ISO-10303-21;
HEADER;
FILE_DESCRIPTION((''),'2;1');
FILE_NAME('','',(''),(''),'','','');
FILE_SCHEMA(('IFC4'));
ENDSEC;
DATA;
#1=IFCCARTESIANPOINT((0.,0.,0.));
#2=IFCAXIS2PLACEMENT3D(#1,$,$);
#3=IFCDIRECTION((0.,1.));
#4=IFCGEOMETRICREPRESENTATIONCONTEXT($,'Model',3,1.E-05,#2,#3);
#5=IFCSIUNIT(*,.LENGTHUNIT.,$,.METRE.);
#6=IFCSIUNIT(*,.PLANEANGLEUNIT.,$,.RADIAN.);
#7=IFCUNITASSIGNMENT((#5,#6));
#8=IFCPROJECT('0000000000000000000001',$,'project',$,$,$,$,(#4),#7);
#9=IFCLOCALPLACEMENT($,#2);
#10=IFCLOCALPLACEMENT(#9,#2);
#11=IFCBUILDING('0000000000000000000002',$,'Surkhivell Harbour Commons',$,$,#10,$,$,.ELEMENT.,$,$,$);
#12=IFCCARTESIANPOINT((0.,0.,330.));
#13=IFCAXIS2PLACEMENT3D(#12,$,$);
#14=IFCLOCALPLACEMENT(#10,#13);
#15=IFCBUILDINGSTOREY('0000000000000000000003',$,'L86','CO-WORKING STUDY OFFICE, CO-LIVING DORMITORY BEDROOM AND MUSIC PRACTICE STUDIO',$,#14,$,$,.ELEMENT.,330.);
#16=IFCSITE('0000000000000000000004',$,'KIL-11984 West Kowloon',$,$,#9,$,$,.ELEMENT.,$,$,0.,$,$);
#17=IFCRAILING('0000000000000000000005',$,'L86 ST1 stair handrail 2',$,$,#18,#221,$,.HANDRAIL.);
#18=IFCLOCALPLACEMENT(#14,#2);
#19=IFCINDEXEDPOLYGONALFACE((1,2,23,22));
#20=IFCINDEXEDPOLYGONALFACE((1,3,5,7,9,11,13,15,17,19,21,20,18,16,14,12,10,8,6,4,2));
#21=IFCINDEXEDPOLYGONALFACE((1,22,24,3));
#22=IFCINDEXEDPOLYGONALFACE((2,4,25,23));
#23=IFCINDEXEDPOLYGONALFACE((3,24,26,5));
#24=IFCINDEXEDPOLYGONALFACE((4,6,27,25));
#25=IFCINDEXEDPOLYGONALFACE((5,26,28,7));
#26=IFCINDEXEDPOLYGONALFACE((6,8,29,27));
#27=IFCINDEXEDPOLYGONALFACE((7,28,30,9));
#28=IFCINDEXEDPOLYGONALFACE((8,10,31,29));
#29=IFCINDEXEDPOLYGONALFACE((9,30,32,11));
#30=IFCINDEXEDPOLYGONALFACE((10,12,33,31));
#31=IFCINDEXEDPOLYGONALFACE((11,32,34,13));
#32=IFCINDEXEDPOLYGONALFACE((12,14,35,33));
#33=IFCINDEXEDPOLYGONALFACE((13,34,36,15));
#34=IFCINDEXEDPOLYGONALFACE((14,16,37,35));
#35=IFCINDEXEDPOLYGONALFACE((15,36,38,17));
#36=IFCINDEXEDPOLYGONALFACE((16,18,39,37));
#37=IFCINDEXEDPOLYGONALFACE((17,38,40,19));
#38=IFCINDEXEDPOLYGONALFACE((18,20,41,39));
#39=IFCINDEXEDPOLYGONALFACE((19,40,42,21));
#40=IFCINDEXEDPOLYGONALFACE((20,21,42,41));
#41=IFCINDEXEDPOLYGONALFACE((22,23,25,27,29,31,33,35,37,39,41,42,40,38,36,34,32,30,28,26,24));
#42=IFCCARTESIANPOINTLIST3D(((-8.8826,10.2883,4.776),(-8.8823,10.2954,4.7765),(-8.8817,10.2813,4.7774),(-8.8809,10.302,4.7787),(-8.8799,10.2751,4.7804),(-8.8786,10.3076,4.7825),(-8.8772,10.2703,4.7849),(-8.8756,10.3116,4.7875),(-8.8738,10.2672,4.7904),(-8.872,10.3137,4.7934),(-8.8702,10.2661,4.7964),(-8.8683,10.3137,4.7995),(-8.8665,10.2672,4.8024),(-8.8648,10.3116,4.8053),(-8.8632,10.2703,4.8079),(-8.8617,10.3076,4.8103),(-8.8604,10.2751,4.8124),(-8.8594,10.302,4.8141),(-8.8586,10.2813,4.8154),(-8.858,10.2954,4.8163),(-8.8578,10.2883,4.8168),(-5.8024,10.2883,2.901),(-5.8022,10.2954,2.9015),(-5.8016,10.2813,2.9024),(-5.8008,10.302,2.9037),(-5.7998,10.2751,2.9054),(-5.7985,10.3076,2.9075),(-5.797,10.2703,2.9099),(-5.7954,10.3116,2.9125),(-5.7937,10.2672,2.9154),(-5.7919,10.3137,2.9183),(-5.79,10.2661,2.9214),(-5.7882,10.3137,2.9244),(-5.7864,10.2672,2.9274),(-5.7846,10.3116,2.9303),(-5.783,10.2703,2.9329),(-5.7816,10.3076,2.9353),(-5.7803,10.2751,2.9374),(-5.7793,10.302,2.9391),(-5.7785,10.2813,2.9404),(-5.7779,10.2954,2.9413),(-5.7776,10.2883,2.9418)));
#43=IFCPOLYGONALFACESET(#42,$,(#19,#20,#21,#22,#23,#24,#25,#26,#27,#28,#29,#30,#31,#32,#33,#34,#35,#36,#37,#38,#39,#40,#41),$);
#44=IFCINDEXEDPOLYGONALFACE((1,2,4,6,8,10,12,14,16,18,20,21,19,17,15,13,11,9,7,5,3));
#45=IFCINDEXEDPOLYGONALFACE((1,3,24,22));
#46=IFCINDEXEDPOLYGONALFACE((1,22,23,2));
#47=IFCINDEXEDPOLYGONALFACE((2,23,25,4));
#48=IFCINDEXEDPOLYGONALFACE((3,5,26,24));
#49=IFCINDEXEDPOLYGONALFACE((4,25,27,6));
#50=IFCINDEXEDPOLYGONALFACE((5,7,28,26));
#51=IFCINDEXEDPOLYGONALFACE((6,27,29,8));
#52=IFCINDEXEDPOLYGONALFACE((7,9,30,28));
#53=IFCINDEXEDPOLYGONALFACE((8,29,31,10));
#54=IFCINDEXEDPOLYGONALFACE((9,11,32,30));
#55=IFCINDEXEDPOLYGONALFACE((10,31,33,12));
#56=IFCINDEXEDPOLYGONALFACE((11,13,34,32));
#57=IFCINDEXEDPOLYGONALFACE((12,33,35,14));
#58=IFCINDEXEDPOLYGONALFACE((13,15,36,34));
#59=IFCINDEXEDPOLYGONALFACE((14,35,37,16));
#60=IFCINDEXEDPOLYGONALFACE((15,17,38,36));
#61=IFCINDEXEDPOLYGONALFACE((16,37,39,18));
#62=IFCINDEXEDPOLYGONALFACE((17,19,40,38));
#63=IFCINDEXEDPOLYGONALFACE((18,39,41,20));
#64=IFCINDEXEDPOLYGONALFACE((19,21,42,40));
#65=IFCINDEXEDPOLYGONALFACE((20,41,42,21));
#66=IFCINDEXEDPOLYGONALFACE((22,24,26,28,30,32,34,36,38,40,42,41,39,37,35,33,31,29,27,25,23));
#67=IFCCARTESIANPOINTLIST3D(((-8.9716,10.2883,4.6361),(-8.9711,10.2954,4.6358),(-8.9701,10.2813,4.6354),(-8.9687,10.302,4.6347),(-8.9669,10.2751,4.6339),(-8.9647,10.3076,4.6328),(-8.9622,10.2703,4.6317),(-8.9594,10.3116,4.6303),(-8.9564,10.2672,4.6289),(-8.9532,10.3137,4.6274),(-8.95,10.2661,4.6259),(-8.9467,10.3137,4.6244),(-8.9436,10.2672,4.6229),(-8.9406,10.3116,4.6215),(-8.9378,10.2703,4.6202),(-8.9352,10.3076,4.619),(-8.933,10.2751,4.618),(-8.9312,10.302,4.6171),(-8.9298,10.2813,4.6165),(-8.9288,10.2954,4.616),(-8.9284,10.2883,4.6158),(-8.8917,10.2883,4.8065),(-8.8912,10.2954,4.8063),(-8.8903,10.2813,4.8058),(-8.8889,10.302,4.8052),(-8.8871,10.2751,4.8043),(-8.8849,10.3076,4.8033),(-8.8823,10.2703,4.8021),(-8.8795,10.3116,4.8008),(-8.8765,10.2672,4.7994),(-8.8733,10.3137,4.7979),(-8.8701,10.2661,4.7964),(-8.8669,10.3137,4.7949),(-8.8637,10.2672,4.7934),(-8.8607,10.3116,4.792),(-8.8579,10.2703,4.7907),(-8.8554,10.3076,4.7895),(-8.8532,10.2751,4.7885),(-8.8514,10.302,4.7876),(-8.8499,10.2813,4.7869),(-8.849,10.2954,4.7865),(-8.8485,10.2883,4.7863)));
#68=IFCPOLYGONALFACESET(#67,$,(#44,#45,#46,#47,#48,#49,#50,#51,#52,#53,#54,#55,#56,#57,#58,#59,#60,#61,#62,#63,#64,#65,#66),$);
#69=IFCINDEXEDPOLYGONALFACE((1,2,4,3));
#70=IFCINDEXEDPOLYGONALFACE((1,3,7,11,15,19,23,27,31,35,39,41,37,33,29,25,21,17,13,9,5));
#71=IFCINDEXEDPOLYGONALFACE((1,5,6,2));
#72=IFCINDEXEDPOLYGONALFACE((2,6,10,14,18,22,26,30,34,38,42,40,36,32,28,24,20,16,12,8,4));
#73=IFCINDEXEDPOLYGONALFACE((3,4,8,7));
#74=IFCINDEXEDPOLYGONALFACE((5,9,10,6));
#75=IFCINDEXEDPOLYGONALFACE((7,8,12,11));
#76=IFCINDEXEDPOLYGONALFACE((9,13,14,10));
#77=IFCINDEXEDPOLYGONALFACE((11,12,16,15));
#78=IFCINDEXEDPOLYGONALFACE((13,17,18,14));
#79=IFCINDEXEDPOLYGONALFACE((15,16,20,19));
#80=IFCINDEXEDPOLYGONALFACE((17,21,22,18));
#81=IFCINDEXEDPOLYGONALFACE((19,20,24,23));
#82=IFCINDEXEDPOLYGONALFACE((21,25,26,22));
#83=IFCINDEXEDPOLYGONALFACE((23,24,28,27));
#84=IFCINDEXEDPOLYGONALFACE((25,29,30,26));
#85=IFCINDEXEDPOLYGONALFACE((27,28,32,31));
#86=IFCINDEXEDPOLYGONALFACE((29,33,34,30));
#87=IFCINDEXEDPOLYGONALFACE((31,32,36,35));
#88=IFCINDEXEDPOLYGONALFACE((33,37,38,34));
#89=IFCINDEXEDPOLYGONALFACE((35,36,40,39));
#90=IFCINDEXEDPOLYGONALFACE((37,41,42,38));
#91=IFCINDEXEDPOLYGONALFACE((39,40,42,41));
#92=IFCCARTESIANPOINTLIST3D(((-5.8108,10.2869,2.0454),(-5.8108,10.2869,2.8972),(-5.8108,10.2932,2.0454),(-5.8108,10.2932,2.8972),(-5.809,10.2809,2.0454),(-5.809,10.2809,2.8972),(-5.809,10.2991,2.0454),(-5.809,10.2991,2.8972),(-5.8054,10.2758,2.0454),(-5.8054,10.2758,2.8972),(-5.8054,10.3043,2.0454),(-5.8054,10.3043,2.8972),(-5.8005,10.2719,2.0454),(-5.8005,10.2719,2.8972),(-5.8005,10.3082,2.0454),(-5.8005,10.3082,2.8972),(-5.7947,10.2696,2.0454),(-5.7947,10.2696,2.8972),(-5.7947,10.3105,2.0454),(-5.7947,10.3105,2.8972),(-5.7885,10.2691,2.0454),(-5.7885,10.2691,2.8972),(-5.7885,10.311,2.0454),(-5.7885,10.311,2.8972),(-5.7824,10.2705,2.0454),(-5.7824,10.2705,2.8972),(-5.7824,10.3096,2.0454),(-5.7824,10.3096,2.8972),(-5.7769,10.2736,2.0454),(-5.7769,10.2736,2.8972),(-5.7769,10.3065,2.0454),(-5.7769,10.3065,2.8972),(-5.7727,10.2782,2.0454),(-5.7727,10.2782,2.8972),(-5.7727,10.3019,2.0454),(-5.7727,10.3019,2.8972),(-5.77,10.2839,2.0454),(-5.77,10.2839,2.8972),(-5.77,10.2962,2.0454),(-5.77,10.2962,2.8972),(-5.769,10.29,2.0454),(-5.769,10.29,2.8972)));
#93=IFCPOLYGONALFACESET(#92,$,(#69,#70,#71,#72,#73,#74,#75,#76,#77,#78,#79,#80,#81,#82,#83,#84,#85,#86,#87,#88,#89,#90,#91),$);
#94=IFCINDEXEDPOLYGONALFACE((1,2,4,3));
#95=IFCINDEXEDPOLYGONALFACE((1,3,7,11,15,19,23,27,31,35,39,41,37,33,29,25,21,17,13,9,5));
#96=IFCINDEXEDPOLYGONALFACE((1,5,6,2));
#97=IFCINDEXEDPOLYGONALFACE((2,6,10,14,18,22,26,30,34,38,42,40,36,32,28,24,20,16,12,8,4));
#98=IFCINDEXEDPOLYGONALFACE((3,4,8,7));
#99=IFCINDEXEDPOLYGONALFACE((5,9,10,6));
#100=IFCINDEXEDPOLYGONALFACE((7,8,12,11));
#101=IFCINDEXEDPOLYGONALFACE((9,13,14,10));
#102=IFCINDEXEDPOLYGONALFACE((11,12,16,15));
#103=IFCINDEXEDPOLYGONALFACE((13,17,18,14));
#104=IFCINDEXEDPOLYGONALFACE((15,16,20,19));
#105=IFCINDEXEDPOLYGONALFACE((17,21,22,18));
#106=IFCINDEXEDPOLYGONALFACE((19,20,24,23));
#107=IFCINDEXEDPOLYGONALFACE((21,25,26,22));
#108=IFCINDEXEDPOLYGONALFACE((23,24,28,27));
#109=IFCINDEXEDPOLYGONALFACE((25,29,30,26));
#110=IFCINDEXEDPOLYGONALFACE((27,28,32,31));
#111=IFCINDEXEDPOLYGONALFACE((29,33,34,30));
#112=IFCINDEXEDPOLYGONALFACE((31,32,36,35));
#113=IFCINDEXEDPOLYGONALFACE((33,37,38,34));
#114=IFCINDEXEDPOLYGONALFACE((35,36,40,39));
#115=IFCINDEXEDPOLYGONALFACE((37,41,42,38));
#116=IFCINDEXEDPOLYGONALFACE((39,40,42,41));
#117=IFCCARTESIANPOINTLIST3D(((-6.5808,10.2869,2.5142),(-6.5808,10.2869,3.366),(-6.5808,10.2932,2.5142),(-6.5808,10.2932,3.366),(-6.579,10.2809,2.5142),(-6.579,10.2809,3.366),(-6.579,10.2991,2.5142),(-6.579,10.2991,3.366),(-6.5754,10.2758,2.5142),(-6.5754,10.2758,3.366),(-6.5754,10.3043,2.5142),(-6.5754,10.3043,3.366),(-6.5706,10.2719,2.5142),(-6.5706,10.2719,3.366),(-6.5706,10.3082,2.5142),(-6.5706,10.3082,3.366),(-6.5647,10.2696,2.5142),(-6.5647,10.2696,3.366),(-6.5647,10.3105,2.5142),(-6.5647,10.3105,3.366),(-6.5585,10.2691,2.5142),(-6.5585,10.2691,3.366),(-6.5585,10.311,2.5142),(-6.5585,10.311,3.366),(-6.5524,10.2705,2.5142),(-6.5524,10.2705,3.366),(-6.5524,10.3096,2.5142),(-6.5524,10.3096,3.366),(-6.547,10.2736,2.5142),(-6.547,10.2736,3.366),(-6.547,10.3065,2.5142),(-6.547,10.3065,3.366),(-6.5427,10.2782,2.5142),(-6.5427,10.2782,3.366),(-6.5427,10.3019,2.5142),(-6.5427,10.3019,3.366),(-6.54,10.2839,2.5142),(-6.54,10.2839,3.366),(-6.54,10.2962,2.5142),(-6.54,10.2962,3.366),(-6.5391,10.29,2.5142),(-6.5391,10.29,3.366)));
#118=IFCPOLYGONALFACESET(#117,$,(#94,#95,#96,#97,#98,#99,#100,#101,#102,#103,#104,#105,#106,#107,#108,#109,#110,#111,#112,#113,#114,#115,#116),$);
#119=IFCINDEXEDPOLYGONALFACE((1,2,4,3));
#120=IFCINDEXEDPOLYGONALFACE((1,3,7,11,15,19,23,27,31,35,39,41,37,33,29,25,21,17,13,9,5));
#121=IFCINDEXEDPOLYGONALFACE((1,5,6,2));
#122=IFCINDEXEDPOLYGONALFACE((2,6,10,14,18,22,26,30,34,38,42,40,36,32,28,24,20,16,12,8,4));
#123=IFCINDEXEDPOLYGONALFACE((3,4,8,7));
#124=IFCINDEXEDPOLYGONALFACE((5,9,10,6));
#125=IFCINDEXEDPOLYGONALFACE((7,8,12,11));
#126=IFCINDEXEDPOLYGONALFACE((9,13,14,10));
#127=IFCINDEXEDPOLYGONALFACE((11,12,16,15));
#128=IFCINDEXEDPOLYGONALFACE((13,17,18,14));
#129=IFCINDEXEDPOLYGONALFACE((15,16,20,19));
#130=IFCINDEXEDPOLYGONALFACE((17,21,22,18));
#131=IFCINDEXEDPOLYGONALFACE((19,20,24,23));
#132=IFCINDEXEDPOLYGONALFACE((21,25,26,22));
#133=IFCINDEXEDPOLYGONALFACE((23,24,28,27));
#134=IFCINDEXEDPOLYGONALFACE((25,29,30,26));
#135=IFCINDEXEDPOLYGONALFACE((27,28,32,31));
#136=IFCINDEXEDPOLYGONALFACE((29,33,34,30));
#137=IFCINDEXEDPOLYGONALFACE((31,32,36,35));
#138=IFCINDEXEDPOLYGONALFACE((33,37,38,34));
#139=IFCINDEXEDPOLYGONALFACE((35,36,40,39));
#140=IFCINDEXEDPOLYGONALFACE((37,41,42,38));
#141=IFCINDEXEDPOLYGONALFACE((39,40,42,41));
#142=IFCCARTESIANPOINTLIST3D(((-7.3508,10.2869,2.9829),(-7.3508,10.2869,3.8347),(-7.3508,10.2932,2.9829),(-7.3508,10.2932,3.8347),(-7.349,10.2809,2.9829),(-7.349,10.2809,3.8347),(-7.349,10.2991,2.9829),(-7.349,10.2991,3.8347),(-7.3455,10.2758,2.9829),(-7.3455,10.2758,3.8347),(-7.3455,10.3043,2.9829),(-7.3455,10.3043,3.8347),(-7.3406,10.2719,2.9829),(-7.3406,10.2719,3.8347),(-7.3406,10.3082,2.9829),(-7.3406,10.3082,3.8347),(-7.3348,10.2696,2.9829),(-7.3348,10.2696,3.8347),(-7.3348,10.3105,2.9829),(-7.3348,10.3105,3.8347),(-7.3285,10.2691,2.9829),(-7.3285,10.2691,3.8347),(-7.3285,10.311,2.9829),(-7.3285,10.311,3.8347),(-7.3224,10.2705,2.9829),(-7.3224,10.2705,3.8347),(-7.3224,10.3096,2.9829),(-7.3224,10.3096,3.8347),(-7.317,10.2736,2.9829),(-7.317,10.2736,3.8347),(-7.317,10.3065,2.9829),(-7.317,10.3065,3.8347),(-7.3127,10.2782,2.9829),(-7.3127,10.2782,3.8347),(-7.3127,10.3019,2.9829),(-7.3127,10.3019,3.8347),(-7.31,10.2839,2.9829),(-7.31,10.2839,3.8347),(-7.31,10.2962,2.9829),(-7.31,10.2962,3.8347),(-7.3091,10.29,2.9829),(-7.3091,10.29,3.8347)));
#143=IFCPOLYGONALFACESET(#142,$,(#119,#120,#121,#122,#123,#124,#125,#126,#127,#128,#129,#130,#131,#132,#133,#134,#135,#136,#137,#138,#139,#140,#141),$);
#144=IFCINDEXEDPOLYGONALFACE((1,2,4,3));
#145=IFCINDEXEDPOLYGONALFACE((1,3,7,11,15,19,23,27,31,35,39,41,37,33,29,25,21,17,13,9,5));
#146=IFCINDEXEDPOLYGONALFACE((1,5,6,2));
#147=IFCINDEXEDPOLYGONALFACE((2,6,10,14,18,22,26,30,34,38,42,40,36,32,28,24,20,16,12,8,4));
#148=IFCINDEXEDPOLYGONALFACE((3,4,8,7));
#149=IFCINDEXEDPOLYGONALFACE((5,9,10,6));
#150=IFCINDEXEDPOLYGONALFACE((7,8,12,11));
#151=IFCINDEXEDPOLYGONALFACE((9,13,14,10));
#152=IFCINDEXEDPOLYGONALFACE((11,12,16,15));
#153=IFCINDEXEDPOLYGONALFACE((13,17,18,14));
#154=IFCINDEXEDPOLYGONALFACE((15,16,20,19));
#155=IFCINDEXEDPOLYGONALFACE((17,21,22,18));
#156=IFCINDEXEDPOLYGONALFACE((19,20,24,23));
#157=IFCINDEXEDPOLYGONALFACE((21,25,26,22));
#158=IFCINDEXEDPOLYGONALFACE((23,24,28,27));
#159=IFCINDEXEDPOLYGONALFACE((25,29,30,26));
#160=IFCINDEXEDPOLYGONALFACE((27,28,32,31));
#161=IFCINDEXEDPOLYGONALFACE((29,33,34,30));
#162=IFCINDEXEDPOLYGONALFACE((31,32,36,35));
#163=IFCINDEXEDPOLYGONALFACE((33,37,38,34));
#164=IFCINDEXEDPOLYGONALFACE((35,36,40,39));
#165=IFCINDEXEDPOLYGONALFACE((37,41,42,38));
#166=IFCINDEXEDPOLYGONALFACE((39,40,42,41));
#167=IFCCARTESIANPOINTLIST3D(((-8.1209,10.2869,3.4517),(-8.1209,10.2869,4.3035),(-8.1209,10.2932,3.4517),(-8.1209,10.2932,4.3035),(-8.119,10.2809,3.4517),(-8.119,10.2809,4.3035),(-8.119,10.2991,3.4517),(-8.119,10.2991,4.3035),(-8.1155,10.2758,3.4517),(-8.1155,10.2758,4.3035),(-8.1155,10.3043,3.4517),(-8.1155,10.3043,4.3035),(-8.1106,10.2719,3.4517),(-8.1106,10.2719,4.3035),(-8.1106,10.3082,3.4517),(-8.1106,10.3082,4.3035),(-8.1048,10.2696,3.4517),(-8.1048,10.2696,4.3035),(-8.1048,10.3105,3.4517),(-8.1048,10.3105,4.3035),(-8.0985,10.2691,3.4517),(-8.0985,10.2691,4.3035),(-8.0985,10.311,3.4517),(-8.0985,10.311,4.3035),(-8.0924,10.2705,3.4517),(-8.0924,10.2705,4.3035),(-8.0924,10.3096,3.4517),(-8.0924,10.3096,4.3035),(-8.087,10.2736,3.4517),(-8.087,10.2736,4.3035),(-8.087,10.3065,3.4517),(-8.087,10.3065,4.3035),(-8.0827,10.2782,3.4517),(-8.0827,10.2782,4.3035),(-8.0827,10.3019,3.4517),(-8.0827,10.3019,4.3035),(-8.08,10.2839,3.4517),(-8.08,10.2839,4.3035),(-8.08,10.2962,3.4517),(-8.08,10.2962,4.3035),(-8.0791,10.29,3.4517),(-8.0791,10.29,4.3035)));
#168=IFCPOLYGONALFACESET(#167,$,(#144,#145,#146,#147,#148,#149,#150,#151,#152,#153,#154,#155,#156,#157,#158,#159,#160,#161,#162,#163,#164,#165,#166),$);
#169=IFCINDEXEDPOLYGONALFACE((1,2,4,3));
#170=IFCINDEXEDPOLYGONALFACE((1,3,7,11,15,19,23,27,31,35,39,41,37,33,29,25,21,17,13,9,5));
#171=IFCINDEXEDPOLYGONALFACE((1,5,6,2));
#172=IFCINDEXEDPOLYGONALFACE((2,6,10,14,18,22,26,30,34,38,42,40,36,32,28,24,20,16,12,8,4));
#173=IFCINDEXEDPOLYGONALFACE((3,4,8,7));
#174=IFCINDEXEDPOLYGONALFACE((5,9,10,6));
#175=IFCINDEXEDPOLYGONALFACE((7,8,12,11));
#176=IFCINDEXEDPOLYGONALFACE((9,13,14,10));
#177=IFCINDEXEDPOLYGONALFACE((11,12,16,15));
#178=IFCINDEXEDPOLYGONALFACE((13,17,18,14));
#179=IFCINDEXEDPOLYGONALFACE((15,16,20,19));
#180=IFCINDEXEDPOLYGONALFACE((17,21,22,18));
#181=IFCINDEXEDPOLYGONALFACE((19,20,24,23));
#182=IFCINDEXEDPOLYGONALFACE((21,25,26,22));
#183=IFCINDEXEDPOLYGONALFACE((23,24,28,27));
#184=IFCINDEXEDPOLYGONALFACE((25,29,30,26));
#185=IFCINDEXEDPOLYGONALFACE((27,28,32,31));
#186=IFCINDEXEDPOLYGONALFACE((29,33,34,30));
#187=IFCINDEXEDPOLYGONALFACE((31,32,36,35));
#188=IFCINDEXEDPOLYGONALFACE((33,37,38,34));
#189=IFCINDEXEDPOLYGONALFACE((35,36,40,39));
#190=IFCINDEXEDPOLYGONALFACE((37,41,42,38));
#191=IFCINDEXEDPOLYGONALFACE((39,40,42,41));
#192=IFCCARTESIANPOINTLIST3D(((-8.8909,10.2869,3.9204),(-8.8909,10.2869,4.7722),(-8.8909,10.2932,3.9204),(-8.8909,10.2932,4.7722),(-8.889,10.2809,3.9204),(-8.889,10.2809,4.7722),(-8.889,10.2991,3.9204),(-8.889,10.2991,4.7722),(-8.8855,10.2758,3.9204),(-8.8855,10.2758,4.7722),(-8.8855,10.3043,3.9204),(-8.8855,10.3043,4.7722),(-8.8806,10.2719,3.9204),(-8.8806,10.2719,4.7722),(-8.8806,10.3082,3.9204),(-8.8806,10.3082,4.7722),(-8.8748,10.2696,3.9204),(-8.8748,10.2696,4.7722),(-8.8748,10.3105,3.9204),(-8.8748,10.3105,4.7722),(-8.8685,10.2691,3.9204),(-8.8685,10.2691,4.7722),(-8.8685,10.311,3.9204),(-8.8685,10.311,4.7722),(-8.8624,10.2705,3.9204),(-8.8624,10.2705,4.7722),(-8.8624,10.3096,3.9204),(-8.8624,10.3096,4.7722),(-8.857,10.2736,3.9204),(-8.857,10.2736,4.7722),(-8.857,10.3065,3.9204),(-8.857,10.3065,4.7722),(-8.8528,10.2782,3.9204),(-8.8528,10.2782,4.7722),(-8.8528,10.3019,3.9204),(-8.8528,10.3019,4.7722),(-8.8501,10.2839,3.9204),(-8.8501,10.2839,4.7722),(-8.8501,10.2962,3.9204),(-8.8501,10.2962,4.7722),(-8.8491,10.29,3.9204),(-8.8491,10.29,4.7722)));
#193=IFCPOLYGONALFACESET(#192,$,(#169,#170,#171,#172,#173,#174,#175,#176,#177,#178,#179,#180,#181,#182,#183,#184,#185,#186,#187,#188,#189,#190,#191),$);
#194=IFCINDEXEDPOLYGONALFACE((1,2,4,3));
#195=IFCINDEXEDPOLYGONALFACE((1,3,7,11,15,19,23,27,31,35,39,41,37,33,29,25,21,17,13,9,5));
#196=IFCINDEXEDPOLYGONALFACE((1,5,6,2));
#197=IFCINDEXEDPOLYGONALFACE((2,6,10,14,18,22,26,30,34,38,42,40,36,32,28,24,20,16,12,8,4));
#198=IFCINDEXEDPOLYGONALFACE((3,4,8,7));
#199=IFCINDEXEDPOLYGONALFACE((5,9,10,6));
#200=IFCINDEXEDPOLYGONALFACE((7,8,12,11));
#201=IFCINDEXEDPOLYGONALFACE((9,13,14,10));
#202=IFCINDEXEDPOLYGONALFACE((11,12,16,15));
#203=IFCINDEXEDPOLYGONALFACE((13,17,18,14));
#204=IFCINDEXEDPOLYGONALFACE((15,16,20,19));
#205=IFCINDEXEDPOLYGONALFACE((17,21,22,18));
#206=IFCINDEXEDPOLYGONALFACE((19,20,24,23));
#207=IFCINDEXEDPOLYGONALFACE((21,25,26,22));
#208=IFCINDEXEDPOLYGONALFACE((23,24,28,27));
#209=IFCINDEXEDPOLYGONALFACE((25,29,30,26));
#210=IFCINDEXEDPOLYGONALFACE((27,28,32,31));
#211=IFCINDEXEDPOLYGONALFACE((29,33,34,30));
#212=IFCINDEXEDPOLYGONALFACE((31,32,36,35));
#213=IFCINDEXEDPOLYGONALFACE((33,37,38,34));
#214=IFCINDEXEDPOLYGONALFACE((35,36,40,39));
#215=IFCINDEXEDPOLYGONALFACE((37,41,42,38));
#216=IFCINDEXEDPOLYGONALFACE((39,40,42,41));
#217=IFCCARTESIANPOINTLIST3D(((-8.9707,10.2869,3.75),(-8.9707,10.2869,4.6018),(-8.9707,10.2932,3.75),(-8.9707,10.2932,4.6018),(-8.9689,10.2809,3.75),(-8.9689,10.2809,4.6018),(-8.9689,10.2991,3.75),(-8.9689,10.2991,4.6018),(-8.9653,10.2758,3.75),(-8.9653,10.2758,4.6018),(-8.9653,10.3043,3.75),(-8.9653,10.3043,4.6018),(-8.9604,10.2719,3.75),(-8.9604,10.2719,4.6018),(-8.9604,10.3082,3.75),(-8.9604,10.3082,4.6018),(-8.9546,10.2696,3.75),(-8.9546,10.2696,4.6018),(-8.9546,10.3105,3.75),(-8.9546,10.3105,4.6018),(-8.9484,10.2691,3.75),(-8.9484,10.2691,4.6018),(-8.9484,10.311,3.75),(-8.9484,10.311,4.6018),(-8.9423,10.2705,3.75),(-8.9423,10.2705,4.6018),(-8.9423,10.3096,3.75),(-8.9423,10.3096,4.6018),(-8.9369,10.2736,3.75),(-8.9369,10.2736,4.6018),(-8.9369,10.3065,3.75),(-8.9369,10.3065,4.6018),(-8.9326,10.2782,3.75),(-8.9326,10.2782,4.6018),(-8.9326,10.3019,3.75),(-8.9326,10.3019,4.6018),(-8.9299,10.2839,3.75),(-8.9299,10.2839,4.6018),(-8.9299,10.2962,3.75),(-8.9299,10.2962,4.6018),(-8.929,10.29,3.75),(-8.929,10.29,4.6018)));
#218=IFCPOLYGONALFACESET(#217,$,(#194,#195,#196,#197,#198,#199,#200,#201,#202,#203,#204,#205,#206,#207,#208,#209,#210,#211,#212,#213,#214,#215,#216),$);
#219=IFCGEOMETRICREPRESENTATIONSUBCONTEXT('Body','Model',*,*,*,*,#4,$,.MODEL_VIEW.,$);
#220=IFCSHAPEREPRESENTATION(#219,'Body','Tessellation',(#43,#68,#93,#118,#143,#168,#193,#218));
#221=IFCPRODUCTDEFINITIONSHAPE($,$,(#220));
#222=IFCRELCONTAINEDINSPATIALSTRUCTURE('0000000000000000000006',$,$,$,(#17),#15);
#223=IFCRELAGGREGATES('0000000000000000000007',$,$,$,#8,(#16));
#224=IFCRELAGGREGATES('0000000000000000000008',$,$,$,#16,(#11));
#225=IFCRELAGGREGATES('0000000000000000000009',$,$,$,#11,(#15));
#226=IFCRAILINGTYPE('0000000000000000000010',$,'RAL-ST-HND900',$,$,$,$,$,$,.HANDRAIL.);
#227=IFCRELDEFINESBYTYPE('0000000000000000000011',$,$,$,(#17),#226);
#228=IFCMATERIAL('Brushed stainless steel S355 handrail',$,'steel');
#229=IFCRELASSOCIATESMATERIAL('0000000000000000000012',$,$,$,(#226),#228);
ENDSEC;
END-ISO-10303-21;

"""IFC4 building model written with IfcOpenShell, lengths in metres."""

from ifc_helpers import new_model, si_unit, direction, frame, origin, origin_2d, place, context, subcontext, project, spatial, circle, extrude, material, type_object, element, save


model = new_model("IFC4")

# Units and contexts
model_context = context("Model", 3, precision=1e-05, world=origin(), true_north=direction((0.0, 1.0)))
body_context = subcontext(model_context, "Body", "Model", "MODEL_VIEW")
ifc_project = project(units=[si_unit("LENGTHUNIT", "METRE"), si_unit("PLANEANGLEUNIT", "RADIAN")], contexts=[model_context])

# Site, building, storey
site_placement = place(None, origin())
site = spatial("IfcSite", under=ifc_project, at=site_placement, Name="KIL-11984 West Kowloon", CompositionType="ELEMENT", RefElevation=0.0)
building_placement = place(site_placement, origin())
building = spatial("IfcBuilding", under=site, at=building_placement, Name="Surkhivell Harbour Commons", CompositionType="ELEMENT")
storey_placement = place(building_placement, frame((0.0, 0.0, 330.0)))
storey = spatial("IfcBuildingStorey", under=building, at=storey_placement, Name="L86", Description="CO-WORKING STUDY OFFICE, CO-LIVING DORMITORY BEDROOM AND MUSIC PRACTICE STUDIO", CompositionType="ELEMENT", Elevation=330.0)

# Railing
ifc_material_1 = material(Name="Brushed stainless steel S355 handrail", Category="steel")
railing_type_1 = type_object("IfcRailingType", Name="RAL-ST-HND900", PredefinedType="HANDRAIL", material=ifc_material_1)
railing_1_placement = place(storey_placement, frame((-5.79, 10.29, 2.0454)))
element("IfcRailing", 1, at=railing_1_placement, inside=storey, type_object=railing_type_1, Name="L86 ST1 stair handrail 2", PredefinedType="HANDRAIL", context=body_context, shape_type="SweptSolid", body=[
    extrude(circle(Radius=0.0239, at=origin_2d()), frame((0.0, 0.0, 0.876), z_axis=(-0.854178, 0.0, 0.519981), x_axis=(0.0, -1.0, 0.0)), (0.0, 0.0, 1.0), 3.606),
    extrude(circle(Radius=0.0239, at=origin_2d()), frame((-3.0801, 0.0, 2.751), z_axis=(-0.424234, 0.0, -0.905552), x_axis=(0.0, -1.0, 0.0)), (0.0, 0.0, 1.0), 0.1882),
    extrude(circle(Radius=0.021, at=origin_2d()), origin(), (0.0, 0.0, 1.0), 0.8518),
    extrude(circle(Radius=0.021, at=origin_2d()), frame((-0.77, 0.0, 0.4688)), (0.0, 0.0, 1.0), 0.8518),
    extrude(circle(Radius=0.021, at=origin_2d()), frame((-1.54, 0.0, 0.9375)), (0.0, 0.0, 1.0), 0.8518),
    extrude(circle(Radius=0.021, at=origin_2d()), frame((-2.3101, 0.0, 1.4062)), (0.0, 0.0, 1.0), 0.8518),
    extrude(circle(Radius=0.021, at=origin_2d()), frame((-3.0801, 0.0, 1.875)), (0.0, 0.0, 1.0), 0.8518),
    extrude(circle(Radius=0.021, at=origin_2d()), frame((-3.1599, 0.0, 1.7046)), (0.0, 0.0, 1.0), 0.8518),
])

save(model, "model.ifc")
